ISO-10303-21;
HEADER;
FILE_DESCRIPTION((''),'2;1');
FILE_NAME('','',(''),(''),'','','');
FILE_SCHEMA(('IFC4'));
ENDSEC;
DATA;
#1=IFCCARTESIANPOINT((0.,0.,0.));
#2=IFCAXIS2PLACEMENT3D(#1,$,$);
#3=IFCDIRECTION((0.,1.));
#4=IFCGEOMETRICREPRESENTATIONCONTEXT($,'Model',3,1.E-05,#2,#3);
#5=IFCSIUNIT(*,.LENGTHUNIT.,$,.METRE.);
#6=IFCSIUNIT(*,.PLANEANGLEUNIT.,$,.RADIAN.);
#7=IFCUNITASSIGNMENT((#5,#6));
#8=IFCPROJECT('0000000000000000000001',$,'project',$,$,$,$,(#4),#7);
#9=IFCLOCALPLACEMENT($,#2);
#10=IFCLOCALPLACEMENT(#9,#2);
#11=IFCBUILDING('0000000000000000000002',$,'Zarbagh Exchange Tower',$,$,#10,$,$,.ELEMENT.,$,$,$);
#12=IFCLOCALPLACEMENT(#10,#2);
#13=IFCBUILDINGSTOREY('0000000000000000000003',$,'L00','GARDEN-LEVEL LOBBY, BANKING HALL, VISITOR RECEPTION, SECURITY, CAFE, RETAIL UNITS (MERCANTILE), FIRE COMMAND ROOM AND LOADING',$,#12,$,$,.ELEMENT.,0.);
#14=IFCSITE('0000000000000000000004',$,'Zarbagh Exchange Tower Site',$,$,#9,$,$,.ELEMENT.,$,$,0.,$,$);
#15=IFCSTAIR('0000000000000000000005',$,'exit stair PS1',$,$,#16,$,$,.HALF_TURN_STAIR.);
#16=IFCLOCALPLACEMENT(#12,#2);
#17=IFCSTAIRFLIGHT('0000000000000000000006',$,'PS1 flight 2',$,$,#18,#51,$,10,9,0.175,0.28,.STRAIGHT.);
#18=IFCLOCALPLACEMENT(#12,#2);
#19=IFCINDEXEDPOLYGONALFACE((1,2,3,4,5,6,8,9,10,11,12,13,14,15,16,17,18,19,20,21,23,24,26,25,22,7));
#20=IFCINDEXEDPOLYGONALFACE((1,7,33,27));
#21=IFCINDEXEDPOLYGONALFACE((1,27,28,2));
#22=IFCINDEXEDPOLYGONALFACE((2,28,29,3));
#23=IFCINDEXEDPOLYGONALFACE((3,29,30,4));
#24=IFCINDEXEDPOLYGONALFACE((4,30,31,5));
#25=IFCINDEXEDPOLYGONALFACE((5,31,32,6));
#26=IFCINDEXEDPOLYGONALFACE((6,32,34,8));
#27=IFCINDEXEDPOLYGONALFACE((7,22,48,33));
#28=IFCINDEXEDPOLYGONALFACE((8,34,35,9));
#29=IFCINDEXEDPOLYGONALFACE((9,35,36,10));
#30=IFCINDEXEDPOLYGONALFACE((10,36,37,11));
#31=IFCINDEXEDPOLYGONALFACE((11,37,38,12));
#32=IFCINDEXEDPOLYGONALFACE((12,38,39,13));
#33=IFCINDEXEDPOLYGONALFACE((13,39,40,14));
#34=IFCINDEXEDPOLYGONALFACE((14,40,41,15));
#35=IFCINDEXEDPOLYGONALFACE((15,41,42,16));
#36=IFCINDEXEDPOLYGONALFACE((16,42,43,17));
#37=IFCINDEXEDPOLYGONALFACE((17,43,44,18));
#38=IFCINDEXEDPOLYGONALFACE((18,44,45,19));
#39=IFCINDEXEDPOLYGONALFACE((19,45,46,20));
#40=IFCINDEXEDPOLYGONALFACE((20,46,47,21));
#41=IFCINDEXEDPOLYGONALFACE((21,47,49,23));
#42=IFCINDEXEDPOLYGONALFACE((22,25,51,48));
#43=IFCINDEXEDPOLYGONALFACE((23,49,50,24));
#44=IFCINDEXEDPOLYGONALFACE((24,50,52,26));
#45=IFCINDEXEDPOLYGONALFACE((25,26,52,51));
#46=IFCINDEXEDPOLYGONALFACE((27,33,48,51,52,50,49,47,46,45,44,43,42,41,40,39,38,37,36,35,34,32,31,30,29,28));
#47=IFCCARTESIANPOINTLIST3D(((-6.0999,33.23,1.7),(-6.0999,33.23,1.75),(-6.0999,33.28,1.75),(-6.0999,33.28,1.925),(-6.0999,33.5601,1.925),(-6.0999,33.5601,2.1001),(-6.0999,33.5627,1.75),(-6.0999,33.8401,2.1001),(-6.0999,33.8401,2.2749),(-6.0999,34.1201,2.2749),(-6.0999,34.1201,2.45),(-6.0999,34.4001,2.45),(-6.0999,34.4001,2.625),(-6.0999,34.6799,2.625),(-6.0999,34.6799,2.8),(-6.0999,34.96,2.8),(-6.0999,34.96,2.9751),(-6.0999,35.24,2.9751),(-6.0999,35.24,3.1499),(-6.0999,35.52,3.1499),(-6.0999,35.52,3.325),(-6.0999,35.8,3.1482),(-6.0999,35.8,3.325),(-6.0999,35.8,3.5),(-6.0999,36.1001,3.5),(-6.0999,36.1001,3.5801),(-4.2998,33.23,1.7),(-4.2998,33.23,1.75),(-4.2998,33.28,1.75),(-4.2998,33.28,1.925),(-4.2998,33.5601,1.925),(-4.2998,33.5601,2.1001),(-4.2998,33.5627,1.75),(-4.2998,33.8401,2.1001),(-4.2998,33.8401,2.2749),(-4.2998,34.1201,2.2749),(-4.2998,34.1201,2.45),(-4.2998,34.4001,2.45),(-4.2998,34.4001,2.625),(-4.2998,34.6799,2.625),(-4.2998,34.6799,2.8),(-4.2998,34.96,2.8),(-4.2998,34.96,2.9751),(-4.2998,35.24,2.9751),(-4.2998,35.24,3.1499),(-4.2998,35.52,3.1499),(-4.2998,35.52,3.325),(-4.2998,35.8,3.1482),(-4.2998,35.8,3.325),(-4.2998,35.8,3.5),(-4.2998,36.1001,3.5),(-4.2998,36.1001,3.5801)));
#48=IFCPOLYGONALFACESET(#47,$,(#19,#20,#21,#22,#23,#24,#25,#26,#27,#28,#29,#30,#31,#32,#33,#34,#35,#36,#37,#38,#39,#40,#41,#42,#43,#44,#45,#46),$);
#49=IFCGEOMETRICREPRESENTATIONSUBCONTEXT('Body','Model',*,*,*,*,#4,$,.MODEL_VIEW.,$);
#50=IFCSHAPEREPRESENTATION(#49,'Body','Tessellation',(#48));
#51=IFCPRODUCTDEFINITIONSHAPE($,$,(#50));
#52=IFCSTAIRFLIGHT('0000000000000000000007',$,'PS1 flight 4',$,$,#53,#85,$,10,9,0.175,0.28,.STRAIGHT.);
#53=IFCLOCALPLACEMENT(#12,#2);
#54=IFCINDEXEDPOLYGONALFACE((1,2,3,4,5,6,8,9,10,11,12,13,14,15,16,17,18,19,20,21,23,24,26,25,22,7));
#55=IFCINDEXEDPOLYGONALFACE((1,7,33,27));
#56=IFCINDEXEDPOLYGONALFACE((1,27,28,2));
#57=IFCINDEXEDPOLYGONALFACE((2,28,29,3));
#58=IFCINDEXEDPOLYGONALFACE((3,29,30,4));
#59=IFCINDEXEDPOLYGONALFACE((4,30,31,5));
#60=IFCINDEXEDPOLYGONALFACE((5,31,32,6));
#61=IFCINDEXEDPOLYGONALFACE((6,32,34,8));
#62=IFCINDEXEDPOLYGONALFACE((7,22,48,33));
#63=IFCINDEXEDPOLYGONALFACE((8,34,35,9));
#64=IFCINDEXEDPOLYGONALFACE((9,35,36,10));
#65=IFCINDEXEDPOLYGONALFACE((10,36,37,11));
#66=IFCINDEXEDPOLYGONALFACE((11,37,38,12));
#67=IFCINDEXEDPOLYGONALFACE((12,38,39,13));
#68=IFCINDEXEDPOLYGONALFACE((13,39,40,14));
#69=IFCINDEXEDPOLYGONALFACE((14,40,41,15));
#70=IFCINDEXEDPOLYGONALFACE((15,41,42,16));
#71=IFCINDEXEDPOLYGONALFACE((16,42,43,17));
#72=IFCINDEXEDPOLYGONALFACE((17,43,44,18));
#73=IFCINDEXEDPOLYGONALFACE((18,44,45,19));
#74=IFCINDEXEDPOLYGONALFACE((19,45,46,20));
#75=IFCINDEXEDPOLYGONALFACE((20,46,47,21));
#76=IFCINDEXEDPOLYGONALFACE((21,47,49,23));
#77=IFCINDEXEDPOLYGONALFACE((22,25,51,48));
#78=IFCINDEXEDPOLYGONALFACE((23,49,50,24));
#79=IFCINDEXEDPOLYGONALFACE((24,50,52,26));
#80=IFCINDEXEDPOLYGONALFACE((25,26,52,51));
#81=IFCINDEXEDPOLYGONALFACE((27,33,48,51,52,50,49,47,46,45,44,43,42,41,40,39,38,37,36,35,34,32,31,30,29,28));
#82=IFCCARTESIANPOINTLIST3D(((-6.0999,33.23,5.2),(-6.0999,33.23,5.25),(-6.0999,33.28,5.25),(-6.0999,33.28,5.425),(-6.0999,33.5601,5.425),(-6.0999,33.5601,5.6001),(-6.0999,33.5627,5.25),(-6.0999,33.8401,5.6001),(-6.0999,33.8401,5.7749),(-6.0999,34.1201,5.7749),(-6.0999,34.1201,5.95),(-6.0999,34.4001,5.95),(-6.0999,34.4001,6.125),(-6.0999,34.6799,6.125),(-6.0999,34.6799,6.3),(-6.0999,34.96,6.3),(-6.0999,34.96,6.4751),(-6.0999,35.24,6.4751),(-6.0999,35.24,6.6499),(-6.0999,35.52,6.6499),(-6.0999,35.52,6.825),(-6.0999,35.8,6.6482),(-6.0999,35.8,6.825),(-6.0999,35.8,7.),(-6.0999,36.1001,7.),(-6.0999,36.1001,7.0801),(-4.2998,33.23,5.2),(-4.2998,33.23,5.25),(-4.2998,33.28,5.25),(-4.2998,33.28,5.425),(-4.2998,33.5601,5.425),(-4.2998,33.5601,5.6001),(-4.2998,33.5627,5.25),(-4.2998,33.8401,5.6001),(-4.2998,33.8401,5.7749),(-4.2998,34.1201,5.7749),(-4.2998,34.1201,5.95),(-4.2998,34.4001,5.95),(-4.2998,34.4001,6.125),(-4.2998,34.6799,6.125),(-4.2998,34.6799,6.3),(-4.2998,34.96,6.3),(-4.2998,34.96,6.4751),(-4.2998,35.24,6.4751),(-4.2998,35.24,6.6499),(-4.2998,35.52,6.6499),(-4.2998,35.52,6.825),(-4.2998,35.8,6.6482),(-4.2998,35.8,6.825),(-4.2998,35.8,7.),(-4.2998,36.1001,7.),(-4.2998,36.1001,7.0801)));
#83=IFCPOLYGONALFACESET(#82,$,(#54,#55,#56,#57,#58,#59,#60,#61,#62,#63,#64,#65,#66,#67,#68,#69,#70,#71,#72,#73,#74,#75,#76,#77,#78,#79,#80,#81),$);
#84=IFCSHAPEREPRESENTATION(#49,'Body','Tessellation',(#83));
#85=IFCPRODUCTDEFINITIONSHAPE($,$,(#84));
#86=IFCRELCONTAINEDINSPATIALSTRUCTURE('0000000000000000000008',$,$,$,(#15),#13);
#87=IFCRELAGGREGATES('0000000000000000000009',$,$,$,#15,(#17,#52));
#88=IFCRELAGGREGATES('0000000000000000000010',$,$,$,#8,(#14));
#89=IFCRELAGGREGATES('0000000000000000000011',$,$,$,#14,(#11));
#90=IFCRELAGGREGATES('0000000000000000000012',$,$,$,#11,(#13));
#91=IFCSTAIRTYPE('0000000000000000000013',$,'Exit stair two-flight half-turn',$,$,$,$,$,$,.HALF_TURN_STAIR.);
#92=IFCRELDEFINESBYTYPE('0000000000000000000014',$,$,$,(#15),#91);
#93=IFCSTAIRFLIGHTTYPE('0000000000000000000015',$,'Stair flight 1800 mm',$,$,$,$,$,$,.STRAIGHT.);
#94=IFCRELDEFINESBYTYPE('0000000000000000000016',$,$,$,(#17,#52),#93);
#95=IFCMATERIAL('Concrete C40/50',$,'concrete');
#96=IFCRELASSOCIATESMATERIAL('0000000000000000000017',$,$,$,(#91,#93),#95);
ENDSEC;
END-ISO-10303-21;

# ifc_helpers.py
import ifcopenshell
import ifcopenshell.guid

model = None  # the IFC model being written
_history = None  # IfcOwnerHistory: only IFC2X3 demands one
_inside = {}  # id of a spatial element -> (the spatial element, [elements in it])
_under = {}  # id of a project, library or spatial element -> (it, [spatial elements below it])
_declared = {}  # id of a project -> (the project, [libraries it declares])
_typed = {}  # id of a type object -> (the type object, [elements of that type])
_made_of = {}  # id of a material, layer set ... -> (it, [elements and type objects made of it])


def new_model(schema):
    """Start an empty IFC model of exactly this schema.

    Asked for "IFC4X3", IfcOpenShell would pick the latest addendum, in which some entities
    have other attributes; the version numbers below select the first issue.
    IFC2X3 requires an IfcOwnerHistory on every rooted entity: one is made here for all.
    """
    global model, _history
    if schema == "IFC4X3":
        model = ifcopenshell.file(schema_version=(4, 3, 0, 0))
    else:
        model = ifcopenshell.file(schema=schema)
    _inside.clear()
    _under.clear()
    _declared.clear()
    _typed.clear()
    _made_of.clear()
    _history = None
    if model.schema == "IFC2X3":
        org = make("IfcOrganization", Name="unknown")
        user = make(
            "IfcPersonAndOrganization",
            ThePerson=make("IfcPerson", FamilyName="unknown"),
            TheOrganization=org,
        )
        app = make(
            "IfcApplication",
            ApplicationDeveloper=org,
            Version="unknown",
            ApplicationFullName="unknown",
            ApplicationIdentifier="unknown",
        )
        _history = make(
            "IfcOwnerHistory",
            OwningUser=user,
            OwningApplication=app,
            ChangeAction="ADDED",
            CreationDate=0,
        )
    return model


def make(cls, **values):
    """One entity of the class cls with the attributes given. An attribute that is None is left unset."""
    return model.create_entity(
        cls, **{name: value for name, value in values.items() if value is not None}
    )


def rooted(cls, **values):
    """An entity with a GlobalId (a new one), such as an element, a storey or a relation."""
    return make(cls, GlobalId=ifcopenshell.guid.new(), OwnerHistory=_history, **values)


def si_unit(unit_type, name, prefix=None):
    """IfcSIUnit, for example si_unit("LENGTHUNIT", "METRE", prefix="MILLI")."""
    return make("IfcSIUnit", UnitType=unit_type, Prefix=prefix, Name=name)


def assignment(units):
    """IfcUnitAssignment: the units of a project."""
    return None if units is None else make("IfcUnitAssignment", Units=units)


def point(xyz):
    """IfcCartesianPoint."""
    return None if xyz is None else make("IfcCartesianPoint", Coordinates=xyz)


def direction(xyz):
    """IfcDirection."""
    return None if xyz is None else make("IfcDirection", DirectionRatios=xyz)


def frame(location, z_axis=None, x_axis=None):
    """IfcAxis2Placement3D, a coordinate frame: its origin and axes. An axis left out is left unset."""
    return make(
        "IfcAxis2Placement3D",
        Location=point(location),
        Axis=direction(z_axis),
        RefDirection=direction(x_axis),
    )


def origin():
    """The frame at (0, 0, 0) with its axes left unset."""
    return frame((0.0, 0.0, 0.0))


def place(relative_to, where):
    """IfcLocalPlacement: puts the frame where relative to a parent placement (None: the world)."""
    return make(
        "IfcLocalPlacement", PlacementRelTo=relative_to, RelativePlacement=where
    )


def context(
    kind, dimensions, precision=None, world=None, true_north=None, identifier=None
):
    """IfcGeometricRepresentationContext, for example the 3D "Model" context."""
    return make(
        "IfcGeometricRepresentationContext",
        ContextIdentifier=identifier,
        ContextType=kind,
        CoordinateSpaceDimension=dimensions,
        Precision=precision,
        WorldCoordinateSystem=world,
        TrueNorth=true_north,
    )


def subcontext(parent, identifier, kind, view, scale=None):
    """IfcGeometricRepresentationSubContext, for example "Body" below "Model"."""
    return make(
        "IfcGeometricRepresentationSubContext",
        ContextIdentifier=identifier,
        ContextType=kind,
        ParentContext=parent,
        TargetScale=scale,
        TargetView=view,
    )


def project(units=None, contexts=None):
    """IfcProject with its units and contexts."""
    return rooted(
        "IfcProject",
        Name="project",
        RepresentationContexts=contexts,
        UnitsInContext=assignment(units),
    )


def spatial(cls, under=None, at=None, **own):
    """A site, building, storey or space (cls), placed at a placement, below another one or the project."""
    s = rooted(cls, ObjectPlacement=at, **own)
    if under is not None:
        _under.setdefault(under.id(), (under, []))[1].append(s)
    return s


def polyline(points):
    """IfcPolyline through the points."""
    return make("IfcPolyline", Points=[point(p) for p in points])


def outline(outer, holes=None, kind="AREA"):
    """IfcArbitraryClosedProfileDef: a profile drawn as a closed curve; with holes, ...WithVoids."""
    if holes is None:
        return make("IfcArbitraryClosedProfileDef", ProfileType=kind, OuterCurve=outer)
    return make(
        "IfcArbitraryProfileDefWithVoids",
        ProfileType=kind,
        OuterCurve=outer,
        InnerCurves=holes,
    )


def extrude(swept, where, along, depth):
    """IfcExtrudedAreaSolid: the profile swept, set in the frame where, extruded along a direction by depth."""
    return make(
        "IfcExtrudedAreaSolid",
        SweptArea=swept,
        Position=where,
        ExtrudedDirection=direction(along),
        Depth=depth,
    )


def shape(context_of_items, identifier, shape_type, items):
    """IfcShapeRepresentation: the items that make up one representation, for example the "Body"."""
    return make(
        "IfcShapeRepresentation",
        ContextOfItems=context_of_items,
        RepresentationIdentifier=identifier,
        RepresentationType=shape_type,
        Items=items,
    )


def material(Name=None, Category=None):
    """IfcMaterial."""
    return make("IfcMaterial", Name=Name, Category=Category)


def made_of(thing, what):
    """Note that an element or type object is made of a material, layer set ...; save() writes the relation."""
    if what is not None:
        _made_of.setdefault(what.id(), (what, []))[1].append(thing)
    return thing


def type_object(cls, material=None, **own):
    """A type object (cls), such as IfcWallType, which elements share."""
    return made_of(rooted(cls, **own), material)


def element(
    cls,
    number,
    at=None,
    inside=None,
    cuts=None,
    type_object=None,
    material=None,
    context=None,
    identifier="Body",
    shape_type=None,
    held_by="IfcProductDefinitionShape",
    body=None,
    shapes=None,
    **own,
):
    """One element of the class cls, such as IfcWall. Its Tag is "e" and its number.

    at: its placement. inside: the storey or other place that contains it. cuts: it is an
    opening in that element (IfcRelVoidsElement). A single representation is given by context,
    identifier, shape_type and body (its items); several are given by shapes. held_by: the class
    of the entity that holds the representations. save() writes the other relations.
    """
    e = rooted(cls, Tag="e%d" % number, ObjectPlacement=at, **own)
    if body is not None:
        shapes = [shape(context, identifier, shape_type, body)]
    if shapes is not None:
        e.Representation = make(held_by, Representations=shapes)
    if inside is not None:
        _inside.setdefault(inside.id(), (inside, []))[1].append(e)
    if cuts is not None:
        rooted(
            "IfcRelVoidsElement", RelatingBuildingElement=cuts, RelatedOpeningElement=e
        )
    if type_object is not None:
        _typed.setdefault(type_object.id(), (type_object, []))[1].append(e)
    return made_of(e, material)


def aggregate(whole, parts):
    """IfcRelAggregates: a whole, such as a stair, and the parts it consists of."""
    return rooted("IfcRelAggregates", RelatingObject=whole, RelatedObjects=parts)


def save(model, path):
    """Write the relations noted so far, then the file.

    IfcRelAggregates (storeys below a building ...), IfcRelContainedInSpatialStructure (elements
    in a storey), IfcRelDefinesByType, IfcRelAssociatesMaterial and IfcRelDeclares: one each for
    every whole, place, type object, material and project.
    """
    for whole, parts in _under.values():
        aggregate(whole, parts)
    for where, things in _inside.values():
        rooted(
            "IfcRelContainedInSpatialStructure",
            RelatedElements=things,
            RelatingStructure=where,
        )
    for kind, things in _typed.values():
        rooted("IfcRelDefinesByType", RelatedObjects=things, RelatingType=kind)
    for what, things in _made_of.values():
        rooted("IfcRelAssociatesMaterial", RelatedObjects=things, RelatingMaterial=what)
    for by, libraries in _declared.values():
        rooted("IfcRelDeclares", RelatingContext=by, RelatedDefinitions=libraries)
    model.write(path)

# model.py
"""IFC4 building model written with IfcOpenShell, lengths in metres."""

from ifc_helpers import new_model, si_unit, direction, frame, origin, place, context, subcontext, project, spatial, polyline, outline, extrude, material, type_object, element, aggregate, save


model = new_model("IFC4")

# Units and contexts
model_context = context("Model", 3, precision=1e-05, world=origin(), true_north=direction((0.0, 1.0)))
body_context = subcontext(model_context, "Body", "Model", "MODEL_VIEW")
ifc_project = project(units=[si_unit("LENGTHUNIT", "METRE"), si_unit("PLANEANGLEUNIT", "RADIAN")], contexts=[model_context])

# Site, building, storey
site_placement = place(None, origin())
site = spatial("IfcSite", under=ifc_project, at=site_placement, Name="Zarbagh Exchange Tower Site", CompositionType="ELEMENT", RefElevation=0.0)
building_placement = place(site_placement, origin())
building = spatial("IfcBuilding", under=site, at=building_placement, Name="Zarbagh Exchange Tower", CompositionType="ELEMENT")
storey_placement = place(building_placement, origin())
storey = spatial("IfcBuildingStorey", under=building, at=storey_placement, Name="L00", Description="GARDEN-LEVEL LOBBY, BANKING HALL, VISITOR RECEPTION, SECURITY, CAFE, RETAIL UNITS (MERCANTILE), FIRE COMMAND ROOM AND LOADING", CompositionType="ELEMENT", Elevation=0.0)

# Shared definitions
ifc_material_1 = material(Name="Concrete C40/50", Category="concrete")

# Stair, stair flights
stair_type = type_object("IfcStairType", Name="Exit stair two-flight half-turn", PredefinedType="HALF_TURN_STAIR", material=ifc_material_1)
stair_placement = place(storey_placement, origin())
stair = element("IfcStair", 1, at=stair_placement, inside=storey, type_object=stair_type, Name="exit stair PS1", PredefinedType="HALF_TURN_STAIR")
stair_flight_type = type_object("IfcStairFlightType", Name="Stair flight 1800 mm", PredefinedType="STRAIGHT", material=ifc_material_1)
stair_flight_1_placement = place(storey_placement, frame((-5.2, 33.28, 1.75), z_axis=(0.0, 0.0, 1.0), x_axis=(0.0, 1.0, 0.0)))
stair_flight_1 = element("IfcStairFlight", 2, at=stair_flight_1_placement, type_object=stair_flight_type, Name="PS1 flight 2", NumberOfRisers=10, NumberOfTreads=9, PredefinedType="STRAIGHT", RiserHeight=0.175, TreadLength=0.28, context=body_context, shape_type="SweptSolid", body=[
    extrude(outline(polyline([(-0.05, -0.05), (-0.05, 0.0), (0.0, 0.0), (0.0, 0.175), (0.28, 0.175), (0.28, 0.3501), (0.5601, 0.3501), (0.5601, 0.5249), (0.8401, 0.5249), (0.8401, 0.7), (1.1201, 0.7), (1.1201, 0.875), (1.3999, 0.875), (1.3999, 1.05), (1.6799, 1.05), (1.6799, 1.2251), (1.96, 1.2251), (1.96, 1.3999), (2.24, 1.3999), (2.24, 1.575), (2.52, 1.575), (2.52, 1.75), (2.8201, 1.8301), (2.8201, 1.75), (2.52, 1.3982), (0.2827, 0.0), (-0.05, -0.05)])), frame((0.0, 0.8999, 0.0), z_axis=(0.0, -1.0, 0.0), x_axis=(1.0, 0.0, 0.0)), (0.0, 0.0, 1.0), 1.8),
])
stair_flight_2_placement = place(storey_placement, frame((-5.2, 33.28, 5.25), z_axis=(0.0, 0.0, 1.0), x_axis=(0.0, 1.0, 0.0)))
stair_flight_2 = element("IfcStairFlight", 3, at=stair_flight_2_placement, type_object=stair_flight_type, Name="PS1 flight 4", NumberOfRisers=10, NumberOfTreads=9, PredefinedType="STRAIGHT", RiserHeight=0.175, TreadLength=0.28, context=body_context, shape_type="SweptSolid", body=[
    extrude(outline(polyline([(-0.05, -0.05), (-0.05, 0.0), (0.0, 0.0), (0.0, 0.175), (0.28, 0.175), (0.28, 0.3501), (0.5601, 0.3501), (0.5601, 0.5249), (0.8401, 0.5249), (0.8401, 0.7), (1.1201, 0.7), (1.1201, 0.875), (1.3999, 0.875), (1.3999, 1.05), (1.6799, 1.05), (1.6799, 1.2251), (1.96, 1.2251), (1.96, 1.3999), (2.24, 1.3999), (2.24, 1.575), (2.52, 1.575), (2.52, 1.75), (2.8201, 1.8301), (2.8201, 1.75), (2.52, 1.3982), (0.2827, 0.0), (-0.05, -0.05)])), frame((0.0, 0.8999, 0.0), z_axis=(0.0, -1.0, 0.0), x_axis=(1.0, 0.0, 0.0)), (0.0, 0.0, 1.0), 1.8),
])
aggregate(stair, [stair_flight_1, stair_flight_2])

save(model, "model.ifc")
